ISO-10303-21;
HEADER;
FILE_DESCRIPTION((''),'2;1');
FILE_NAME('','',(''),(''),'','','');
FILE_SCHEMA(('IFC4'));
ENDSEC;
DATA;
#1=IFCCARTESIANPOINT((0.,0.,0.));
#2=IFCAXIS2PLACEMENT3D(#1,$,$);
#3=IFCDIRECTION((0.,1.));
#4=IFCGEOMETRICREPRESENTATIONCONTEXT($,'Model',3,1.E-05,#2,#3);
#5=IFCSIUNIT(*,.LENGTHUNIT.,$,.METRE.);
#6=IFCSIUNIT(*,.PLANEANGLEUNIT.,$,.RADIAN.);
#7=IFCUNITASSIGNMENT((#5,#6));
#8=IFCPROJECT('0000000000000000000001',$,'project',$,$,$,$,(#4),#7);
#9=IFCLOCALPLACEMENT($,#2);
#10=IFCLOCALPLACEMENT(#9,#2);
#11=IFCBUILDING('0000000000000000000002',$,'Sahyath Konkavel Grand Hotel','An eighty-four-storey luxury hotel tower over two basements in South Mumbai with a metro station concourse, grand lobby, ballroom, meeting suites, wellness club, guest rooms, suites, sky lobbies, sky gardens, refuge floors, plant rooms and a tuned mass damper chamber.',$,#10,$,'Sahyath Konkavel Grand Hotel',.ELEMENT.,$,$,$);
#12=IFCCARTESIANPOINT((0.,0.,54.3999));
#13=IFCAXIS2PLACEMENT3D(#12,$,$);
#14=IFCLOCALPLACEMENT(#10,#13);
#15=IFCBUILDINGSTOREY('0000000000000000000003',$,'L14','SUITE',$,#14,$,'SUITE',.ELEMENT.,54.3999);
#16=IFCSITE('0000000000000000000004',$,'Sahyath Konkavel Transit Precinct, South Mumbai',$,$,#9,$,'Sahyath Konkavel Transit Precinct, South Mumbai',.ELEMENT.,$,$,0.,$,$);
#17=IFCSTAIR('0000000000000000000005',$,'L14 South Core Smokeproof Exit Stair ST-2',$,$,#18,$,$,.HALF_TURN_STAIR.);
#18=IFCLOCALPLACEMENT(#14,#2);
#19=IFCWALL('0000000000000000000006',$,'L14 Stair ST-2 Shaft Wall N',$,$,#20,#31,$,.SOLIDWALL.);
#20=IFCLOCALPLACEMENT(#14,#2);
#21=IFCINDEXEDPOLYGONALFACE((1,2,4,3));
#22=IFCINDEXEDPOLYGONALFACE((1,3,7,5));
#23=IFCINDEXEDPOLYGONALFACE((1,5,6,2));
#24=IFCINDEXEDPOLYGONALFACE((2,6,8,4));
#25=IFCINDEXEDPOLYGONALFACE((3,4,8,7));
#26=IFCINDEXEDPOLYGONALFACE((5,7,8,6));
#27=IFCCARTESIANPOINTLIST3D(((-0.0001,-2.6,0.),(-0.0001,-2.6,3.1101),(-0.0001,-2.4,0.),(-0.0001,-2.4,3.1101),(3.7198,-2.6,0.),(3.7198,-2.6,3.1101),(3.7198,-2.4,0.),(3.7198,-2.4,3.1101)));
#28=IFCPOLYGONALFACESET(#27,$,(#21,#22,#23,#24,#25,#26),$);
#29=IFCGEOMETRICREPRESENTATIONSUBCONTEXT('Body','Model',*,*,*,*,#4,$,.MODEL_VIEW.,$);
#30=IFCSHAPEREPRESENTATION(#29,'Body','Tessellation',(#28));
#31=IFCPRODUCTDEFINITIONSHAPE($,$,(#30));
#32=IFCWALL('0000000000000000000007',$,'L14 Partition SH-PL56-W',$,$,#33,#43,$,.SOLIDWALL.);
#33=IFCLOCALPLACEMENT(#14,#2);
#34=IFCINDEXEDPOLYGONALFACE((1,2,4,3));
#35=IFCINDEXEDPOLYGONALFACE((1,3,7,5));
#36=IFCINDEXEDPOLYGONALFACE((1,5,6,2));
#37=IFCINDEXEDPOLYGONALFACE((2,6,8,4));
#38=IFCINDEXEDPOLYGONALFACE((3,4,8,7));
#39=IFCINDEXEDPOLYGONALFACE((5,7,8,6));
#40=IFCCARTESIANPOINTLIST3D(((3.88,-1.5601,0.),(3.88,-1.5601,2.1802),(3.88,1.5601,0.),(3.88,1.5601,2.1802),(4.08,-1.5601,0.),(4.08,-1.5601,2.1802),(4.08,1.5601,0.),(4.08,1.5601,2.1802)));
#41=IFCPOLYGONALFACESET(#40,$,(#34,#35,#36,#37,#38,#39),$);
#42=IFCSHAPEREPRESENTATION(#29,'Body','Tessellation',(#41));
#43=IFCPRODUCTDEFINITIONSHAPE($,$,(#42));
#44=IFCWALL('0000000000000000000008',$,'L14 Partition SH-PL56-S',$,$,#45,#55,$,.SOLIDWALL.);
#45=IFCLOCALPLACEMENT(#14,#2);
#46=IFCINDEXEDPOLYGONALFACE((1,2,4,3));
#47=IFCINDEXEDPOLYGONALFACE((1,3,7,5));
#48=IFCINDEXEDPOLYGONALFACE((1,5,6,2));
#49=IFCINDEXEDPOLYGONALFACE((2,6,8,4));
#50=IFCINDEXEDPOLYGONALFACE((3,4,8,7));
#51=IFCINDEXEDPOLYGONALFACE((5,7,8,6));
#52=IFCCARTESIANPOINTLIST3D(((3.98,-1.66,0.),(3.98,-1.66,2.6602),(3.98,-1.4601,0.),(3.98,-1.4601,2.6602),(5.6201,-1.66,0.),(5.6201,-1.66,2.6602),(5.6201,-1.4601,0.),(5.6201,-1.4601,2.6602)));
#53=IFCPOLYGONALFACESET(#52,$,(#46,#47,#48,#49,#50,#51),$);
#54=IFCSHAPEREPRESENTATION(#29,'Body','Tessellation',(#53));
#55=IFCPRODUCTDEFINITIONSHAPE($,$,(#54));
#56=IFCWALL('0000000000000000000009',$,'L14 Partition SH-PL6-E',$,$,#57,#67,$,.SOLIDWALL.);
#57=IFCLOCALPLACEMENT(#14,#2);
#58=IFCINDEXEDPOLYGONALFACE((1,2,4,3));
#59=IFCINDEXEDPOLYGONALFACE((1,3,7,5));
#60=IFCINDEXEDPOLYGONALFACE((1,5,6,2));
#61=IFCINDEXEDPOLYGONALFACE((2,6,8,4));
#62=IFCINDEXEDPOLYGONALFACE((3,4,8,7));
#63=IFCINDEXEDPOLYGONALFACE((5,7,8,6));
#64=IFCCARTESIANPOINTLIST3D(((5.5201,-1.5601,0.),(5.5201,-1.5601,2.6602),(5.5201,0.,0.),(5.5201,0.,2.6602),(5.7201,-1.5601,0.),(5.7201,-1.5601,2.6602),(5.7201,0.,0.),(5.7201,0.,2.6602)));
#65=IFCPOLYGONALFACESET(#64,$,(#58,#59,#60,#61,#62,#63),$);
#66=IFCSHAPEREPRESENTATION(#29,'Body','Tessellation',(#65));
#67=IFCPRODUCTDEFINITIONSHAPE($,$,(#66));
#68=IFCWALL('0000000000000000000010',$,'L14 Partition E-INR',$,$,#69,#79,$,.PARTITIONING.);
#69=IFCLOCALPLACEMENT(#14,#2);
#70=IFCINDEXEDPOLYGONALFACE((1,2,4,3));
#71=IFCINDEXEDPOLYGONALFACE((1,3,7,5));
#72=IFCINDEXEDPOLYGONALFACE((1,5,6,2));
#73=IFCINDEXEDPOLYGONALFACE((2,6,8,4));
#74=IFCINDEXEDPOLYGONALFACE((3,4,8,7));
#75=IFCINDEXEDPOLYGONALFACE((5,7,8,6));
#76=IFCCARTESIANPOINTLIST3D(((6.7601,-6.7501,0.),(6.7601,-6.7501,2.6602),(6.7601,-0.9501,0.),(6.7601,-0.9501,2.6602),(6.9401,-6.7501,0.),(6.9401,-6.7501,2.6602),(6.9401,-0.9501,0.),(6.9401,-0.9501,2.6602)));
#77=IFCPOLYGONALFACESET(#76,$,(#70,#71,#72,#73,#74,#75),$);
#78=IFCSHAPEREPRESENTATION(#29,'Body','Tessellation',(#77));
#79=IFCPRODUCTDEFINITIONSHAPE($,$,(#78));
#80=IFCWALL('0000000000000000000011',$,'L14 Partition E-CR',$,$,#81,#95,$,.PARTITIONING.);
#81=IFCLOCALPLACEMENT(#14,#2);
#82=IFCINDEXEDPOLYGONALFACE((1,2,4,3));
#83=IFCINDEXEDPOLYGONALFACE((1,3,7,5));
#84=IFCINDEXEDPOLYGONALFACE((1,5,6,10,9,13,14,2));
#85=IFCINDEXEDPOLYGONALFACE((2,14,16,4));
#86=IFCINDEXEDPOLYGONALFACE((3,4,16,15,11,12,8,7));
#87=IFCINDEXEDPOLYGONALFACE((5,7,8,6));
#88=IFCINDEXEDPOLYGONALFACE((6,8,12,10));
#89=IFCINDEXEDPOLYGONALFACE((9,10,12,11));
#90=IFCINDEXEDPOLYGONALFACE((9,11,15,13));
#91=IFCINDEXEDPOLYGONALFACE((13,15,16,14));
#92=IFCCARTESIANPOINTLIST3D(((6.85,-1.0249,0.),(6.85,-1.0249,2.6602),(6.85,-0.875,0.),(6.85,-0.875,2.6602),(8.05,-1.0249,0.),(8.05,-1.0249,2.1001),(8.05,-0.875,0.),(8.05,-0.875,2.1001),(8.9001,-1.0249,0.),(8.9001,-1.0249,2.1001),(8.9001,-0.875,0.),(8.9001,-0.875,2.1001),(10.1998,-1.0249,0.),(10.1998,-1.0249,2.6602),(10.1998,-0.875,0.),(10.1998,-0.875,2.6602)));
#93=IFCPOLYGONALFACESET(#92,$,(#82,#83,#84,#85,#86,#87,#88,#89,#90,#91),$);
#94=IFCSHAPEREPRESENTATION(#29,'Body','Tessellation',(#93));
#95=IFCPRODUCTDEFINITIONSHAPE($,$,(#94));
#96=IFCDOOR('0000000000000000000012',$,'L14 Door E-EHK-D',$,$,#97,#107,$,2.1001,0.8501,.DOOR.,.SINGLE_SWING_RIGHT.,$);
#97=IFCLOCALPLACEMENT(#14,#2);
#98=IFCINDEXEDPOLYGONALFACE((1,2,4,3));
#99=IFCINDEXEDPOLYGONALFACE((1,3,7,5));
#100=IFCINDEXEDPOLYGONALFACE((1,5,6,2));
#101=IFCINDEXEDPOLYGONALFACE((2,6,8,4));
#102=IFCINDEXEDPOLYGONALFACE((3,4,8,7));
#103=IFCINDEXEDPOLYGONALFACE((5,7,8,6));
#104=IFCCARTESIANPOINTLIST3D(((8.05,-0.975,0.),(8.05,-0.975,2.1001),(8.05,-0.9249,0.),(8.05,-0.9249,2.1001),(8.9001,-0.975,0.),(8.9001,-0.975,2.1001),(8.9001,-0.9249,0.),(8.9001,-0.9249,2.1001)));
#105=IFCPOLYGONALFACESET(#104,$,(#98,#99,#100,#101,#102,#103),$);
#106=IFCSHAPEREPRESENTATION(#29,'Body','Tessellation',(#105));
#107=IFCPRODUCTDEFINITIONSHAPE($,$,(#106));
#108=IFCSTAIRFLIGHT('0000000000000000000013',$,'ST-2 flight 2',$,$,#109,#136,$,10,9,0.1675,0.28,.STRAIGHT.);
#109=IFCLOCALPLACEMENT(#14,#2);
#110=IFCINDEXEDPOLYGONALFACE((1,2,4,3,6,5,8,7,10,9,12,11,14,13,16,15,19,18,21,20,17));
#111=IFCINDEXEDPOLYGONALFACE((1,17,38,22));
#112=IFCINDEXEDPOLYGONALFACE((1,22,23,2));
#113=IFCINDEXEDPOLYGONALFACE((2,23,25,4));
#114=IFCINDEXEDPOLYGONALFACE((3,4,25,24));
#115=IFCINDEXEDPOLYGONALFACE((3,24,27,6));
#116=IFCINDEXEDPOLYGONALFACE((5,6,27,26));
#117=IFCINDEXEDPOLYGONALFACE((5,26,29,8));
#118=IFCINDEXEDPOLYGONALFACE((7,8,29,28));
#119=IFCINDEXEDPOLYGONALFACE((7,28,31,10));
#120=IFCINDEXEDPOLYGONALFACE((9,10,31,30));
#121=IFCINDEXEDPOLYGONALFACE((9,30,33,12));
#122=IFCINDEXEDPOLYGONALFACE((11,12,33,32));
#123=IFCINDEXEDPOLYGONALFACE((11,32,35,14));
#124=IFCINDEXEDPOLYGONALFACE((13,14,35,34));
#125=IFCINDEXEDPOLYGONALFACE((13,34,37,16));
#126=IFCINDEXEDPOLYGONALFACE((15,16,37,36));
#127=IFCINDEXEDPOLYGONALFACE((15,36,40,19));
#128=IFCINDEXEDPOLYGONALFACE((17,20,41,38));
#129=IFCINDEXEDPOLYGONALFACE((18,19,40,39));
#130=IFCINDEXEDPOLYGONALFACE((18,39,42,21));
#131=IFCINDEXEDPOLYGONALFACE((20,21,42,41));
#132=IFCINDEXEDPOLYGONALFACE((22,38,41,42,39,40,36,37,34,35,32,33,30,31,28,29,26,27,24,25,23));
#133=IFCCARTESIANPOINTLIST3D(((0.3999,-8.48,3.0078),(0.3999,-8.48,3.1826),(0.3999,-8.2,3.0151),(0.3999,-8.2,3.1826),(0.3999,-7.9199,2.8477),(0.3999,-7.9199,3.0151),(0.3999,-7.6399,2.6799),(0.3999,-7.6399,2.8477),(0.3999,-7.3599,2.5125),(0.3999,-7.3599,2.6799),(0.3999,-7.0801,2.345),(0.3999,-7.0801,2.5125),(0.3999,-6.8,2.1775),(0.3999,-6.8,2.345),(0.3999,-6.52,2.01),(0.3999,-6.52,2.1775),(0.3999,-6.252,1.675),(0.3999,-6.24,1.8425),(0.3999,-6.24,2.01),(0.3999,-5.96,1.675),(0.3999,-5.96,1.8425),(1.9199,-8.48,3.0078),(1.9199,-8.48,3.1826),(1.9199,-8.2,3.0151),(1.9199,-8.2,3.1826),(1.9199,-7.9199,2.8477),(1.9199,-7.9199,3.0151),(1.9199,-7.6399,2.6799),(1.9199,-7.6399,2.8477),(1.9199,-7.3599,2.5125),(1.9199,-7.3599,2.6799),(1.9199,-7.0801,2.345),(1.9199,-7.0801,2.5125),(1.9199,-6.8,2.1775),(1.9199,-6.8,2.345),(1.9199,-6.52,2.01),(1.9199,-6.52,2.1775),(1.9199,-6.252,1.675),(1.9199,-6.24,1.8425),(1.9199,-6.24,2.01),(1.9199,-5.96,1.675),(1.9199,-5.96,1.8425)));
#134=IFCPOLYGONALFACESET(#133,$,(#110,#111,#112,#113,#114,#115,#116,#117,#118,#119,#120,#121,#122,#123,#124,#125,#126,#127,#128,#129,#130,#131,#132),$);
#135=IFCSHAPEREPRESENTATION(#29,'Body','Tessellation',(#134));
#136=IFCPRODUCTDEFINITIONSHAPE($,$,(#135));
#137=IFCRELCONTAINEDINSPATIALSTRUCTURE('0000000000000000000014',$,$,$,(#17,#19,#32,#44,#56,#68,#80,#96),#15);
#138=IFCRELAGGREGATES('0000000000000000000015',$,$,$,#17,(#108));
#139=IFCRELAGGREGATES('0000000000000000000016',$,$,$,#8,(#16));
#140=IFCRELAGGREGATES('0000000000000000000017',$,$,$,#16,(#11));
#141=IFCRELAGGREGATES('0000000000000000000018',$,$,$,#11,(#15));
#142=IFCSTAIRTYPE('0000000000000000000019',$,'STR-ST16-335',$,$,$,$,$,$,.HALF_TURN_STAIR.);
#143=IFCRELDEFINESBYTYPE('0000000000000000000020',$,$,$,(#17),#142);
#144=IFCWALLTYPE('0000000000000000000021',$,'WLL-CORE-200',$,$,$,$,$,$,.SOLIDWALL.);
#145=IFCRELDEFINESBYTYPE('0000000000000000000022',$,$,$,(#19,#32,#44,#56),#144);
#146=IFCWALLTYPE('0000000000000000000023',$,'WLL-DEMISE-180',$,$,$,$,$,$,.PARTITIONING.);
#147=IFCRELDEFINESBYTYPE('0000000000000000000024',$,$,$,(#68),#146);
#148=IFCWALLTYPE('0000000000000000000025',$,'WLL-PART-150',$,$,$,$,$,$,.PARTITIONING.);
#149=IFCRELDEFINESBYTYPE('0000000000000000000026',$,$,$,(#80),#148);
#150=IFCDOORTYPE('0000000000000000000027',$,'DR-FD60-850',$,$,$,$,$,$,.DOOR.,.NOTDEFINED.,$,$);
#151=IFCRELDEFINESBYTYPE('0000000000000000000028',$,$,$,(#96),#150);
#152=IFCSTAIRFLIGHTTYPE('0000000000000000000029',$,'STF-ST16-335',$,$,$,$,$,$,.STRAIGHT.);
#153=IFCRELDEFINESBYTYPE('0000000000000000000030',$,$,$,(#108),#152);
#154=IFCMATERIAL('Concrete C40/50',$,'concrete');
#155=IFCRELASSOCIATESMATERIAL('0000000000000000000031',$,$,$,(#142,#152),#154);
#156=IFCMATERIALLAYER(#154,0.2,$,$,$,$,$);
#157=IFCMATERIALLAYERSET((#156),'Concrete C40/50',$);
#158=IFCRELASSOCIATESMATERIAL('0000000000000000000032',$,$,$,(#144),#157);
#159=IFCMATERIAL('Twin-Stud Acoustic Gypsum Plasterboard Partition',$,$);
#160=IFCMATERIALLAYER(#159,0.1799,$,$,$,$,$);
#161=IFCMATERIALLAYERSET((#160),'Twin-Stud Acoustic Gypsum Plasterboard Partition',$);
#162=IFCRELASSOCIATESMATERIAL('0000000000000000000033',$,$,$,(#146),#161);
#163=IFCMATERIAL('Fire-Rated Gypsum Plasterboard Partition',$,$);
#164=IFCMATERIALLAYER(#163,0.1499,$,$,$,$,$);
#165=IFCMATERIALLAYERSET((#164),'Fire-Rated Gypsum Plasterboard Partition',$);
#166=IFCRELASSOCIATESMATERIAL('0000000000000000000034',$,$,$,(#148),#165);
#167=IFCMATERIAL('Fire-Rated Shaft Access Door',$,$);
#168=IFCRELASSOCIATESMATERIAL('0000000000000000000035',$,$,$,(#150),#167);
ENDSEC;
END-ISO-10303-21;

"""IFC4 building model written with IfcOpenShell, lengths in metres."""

from ifc_helpers import new_model, si_unit, direction, frame, frame_2d, origin, origin_2d, place, context, subcontext, project, spatial, polyline, rectangle, outline, extrude, source, transform, mapped, material, layer, layer_set, type_object, element, fill, aggregate, save


model = new_model("IFC4")

# Units and contexts
model_context = context("Model", 3, precision=1e-05, world=origin(), true_north=direction((0.0, 1.0)))
body_context = subcontext(model_context, "Body", "Model", "MODEL_VIEW")
ifc_project = project(units=[si_unit("LENGTHUNIT", "METRE"), si_unit("PLANEANGLEUNIT", "RADIAN")], contexts=[model_context])

# Site, building, storey
site_placement = place(None, origin())
site = spatial("IfcSite", under=ifc_project, at=site_placement, Name="Sahyath Konkavel Transit Precinct, South Mumbai", LongName="Sahyath Konkavel Transit Precinct, South Mumbai", CompositionType="ELEMENT", RefElevation=0.0)
building_placement = place(site_placement, origin())
building = spatial("IfcBuilding", under=site, at=building_placement, Name="Sahyath Konkavel Grand Hotel", Description="An eighty-four-storey luxury hotel tower over two basements in South Mumbai with a metro station concourse, grand lobby, ballroom, meeting suites, wellness club, guest rooms, suites, sky lobbies, sky gardens, refuge floors, plant rooms and a tuned mass damper chamber.", LongName="Sahyath Konkavel Grand Hotel", CompositionType="ELEMENT")
storey_placement = place(building_placement, frame((0.0, 0.0, 54.3999)))
storey = spatial("IfcBuildingStorey", under=building, at=storey_placement, Name="L14", Description="SUITE", LongName="SUITE", CompositionType="ELEMENT", Elevation=54.3999)

# Shared definitions
ifc_material_1 = material(Name="Concrete C40/50", Category="concrete")

# Stair
stair_type = type_object("IfcStairType", Name="STR-ST16-335", PredefinedType="HALF_TURN_STAIR", material=ifc_material_1)
stair_placement = place(storey_placement, origin())
stair = element("IfcStair", 1, at=stair_placement, inside=storey, type_object=stair_type, Name="L14 South Core Smokeproof Exit Stair ST-2", PredefinedType="HALF_TURN_STAIR")

# Walls
ifc_layer_1 = layer(ifc_material_1, 0.2)
ifc_layer_set_1 = layer_set([ifc_layer_1], Name="Concrete C40/50")
wall_type_1 = type_object("IfcWallType", Name="WLL-CORE-200", PredefinedType="SOLIDWALL", material=ifc_layer_set_1)
wall_1_placement = place(storey_placement, frame((0.0, -2.5, 0.0), z_axis=(0.0, 0.0, 1.0), x_axis=(1.0, 0.0, 0.0)))
element("IfcWall", 2, at=wall_1_placement, inside=storey, type_object=wall_type_1, Name="L14 Stair ST-2 Shaft Wall N", PredefinedType="SOLIDWALL", context=body_context, shape_type="SweptSolid", body=[
    extrude(rectangle(XDim=3.72, YDim=0.2, at=frame_2d((1.8599, 0.0))), origin(), (0.0, 0.0, 1.0), 3.1101),
])
wall_2_placement = place(storey_placement, frame((3.98, -1.5601, 0.0), z_axis=(0.0, 0.0, 1.0), x_axis=(0.0, 1.0, 0.0)))
element("IfcWall", 3, at=wall_2_placement, inside=storey, type_object=wall_type_1, Name="L14 Partition SH-PL56-W", PredefinedType="SOLIDWALL", context=body_context, shape_type="SweptSolid", body=[
    extrude(rectangle(XDim=3.1201, YDim=0.2, at=frame_2d((1.5601, 0.0))), origin(), (0.0, 0.0, 1.0), 2.1802),
])
wall_3_placement = place(storey_placement, frame((3.98, -1.5601, 0.0), z_axis=(0.0, 0.0, 1.0), x_axis=(1.0, 0.0, 0.0)))
element("IfcWall", 4, at=wall_3_placement, inside=storey, type_object=wall_type_1, Name="L14 Partition SH-PL56-S", PredefinedType="SOLIDWALL", context=body_context, shape_type="SweptSolid", body=[
    extrude(rectangle(XDim=1.6401, YDim=0.2, at=frame_2d((0.8201, 0.0))), origin(), (0.0, 0.0, 1.0), 2.6602),
])
wall_4_placement = place(storey_placement, frame((5.6201, -1.5601, 0.0), z_axis=(0.0, 0.0, 1.0), x_axis=(0.0, 1.0, 0.0)))
element("IfcWall", 5, at=wall_4_placement, inside=storey, type_object=wall_type_1, Name="L14 Partition SH-PL6-E", PredefinedType="SOLIDWALL", context=body_context, shape_type="SweptSolid", body=[
    extrude(rectangle(XDim=1.5601, YDim=0.2, at=frame_2d((0.78, 0.0))), origin(), (0.0, 0.0, 1.0), 2.6602),
])
ifc_material_2 = material(Name="Twin-Stud Acoustic Gypsum Plasterboard Partition")
ifc_layer_2 = layer(ifc_material_2, 0.1799)
ifc_layer_set_2 = layer_set([ifc_layer_2], Name="Twin-Stud Acoustic Gypsum Plasterboard Partition")
wall_type_2 = type_object("IfcWallType", Name="WLL-DEMISE-180", PredefinedType="PARTITIONING", material=ifc_layer_set_2)
wall_5_placement = place(storey_placement, frame((6.8501, -6.75, 0.0), z_axis=(0.0, 0.0, 1.0), x_axis=(0.0, 1.0, 0.0)))
element("IfcWall", 6, at=wall_5_placement, inside=storey, type_object=wall_type_2, Name="L14 Partition E-INR", PredefinedType="PARTITIONING", context=body_context, shape_type="SweptSolid", body=[
    extrude(rectangle(XDim=5.8, YDim=0.1799, at=frame_2d((2.8999, 0.0))), origin(), (0.0, 0.0, 1.0), 2.6602),
])

# Wall, opening, door
ifc_material_3 = material(Name="Fire-Rated Gypsum Plasterboard Partition")
ifc_layer_3 = layer(ifc_material_3, 0.1499)
ifc_layer_set_3 = layer_set([ifc_layer_3], Name="Fire-Rated Gypsum Plasterboard Partition")
wall_type_3 = type_object("IfcWallType", Name="WLL-PART-150", PredefinedType="PARTITIONING", material=ifc_layer_set_3)
wall_6_placement = place(storey_placement, frame((6.8501, -0.95, 0.0), z_axis=(0.0, 0.0, 1.0), x_axis=(1.0, 0.0, 0.0)))
wall_6 = element("IfcWall", 7, at=wall_6_placement, inside=storey, type_object=wall_type_3, Name="L14 Partition E-CR", PredefinedType="PARTITIONING", context=body_context, shape_type="SweptSolid", body=[
    extrude(rectangle(XDim=3.3499, YDim=0.1499, at=frame_2d((1.6748, 0.0))), origin(), (0.0, 0.0, 1.0), 2.6602),
])
opening_placement = place(wall_6_placement, frame((1.2, 0.0, 0.0)))
opening = element("IfcOpeningElement", 8, at=opening_placement, cuts=wall_6, PredefinedType="OPENING", context=body_context, shape_type="SweptSolid", body=[
    extrude(rectangle(XDim=0.8501, YDim=2.1001, at=frame_2d((0.425, 1.05))), frame((0.0, 0.085, 0.0), z_axis=(0.0, -1.0, 0.0), x_axis=(1.0, 0.0, 0.0)), (0.0, 0.0, 1.0), 0.1699),
])
ifc_material_4 = material(Name="Fire-Rated Shaft Access Door")
door_type = type_object("IfcDoorType", Name="DR-FD60-850", OperationType="NOTDEFINED", PredefinedType="DOOR", material=ifc_material_4)
shared_shape_1 = source(origin(), body_context, "Body", "SweptSolid", [
    extrude(rectangle(XDim=0.8501, YDim=0.05, at=origin_2d()), origin(), (0.0, 0.0, 1.0), 2.1001),
])
door_placement = place(opening_placement, frame((0.425, 0.0, 0.0)))
door = element("IfcDoor", 9, at=door_placement, inside=storey, type_object=door_type, Name="L14 Door E-EHK-D", OperationType="SINGLE_SWING_RIGHT", OverallHeight=2.1001, OverallWidth=0.8501, PredefinedType="DOOR", context=body_context, shape_type="MappedRepresentation", body=[
    mapped(shared_shape_1, transform((0.0, 0.0, 0.0), scale=1.0)),
])
fill(opening, door)

# Stair flight
stair_flight_type = type_object("IfcStairFlightType", Name="STF-ST16-335", PredefinedType="STRAIGHT", material=ifc_material_1)
stair_flight_placement = place(storey_placement, frame((1.1599, -5.96, 1.675), z_axis=(0.0, 0.0, 1.0), x_axis=(0.0, -1.0, 0.0)))
stair_flight = element("IfcStairFlight", 10, at=stair_flight_placement, type_object=stair_flight_type, Name="ST-2 flight 2", NumberOfRisers=10, NumberOfTreads=9, PredefinedType="STRAIGHT", RiserHeight=0.1675, TreadLength=0.28, context=body_context, shape_type="SweptSolid", body=[
    extrude(outline(polyline([(0.0, 0.0), (0.0, 0.1675), (0.28, 0.1675), (0.28, 0.335), (0.5601, 0.335), (0.5601, 0.5024), (0.8401, 0.5024), (0.8401, 0.6699), (1.1201, 0.6699), (1.1201, 0.8374), (1.3999, 0.8374), (1.3999, 1.0049), (1.6799, 1.0049), (1.6799, 1.1726), (1.96, 1.1726), (1.96, 1.3401), (2.24, 1.3401), (2.24, 1.5076), (2.52, 1.5076), (2.52, 1.675), (2.52, 1.3328), (0.292, 0.0), (0.0, 0.0)])), frame((0.0, 0.76, 0.0), z_axis=(0.0, -1.0, 0.0), x_axis=(1.0, 0.0, 0.0)), (0.0, 0.0, 1.0), 1.52),
])
aggregate(stair, [stair_flight])

save(model, "model.ifc")
